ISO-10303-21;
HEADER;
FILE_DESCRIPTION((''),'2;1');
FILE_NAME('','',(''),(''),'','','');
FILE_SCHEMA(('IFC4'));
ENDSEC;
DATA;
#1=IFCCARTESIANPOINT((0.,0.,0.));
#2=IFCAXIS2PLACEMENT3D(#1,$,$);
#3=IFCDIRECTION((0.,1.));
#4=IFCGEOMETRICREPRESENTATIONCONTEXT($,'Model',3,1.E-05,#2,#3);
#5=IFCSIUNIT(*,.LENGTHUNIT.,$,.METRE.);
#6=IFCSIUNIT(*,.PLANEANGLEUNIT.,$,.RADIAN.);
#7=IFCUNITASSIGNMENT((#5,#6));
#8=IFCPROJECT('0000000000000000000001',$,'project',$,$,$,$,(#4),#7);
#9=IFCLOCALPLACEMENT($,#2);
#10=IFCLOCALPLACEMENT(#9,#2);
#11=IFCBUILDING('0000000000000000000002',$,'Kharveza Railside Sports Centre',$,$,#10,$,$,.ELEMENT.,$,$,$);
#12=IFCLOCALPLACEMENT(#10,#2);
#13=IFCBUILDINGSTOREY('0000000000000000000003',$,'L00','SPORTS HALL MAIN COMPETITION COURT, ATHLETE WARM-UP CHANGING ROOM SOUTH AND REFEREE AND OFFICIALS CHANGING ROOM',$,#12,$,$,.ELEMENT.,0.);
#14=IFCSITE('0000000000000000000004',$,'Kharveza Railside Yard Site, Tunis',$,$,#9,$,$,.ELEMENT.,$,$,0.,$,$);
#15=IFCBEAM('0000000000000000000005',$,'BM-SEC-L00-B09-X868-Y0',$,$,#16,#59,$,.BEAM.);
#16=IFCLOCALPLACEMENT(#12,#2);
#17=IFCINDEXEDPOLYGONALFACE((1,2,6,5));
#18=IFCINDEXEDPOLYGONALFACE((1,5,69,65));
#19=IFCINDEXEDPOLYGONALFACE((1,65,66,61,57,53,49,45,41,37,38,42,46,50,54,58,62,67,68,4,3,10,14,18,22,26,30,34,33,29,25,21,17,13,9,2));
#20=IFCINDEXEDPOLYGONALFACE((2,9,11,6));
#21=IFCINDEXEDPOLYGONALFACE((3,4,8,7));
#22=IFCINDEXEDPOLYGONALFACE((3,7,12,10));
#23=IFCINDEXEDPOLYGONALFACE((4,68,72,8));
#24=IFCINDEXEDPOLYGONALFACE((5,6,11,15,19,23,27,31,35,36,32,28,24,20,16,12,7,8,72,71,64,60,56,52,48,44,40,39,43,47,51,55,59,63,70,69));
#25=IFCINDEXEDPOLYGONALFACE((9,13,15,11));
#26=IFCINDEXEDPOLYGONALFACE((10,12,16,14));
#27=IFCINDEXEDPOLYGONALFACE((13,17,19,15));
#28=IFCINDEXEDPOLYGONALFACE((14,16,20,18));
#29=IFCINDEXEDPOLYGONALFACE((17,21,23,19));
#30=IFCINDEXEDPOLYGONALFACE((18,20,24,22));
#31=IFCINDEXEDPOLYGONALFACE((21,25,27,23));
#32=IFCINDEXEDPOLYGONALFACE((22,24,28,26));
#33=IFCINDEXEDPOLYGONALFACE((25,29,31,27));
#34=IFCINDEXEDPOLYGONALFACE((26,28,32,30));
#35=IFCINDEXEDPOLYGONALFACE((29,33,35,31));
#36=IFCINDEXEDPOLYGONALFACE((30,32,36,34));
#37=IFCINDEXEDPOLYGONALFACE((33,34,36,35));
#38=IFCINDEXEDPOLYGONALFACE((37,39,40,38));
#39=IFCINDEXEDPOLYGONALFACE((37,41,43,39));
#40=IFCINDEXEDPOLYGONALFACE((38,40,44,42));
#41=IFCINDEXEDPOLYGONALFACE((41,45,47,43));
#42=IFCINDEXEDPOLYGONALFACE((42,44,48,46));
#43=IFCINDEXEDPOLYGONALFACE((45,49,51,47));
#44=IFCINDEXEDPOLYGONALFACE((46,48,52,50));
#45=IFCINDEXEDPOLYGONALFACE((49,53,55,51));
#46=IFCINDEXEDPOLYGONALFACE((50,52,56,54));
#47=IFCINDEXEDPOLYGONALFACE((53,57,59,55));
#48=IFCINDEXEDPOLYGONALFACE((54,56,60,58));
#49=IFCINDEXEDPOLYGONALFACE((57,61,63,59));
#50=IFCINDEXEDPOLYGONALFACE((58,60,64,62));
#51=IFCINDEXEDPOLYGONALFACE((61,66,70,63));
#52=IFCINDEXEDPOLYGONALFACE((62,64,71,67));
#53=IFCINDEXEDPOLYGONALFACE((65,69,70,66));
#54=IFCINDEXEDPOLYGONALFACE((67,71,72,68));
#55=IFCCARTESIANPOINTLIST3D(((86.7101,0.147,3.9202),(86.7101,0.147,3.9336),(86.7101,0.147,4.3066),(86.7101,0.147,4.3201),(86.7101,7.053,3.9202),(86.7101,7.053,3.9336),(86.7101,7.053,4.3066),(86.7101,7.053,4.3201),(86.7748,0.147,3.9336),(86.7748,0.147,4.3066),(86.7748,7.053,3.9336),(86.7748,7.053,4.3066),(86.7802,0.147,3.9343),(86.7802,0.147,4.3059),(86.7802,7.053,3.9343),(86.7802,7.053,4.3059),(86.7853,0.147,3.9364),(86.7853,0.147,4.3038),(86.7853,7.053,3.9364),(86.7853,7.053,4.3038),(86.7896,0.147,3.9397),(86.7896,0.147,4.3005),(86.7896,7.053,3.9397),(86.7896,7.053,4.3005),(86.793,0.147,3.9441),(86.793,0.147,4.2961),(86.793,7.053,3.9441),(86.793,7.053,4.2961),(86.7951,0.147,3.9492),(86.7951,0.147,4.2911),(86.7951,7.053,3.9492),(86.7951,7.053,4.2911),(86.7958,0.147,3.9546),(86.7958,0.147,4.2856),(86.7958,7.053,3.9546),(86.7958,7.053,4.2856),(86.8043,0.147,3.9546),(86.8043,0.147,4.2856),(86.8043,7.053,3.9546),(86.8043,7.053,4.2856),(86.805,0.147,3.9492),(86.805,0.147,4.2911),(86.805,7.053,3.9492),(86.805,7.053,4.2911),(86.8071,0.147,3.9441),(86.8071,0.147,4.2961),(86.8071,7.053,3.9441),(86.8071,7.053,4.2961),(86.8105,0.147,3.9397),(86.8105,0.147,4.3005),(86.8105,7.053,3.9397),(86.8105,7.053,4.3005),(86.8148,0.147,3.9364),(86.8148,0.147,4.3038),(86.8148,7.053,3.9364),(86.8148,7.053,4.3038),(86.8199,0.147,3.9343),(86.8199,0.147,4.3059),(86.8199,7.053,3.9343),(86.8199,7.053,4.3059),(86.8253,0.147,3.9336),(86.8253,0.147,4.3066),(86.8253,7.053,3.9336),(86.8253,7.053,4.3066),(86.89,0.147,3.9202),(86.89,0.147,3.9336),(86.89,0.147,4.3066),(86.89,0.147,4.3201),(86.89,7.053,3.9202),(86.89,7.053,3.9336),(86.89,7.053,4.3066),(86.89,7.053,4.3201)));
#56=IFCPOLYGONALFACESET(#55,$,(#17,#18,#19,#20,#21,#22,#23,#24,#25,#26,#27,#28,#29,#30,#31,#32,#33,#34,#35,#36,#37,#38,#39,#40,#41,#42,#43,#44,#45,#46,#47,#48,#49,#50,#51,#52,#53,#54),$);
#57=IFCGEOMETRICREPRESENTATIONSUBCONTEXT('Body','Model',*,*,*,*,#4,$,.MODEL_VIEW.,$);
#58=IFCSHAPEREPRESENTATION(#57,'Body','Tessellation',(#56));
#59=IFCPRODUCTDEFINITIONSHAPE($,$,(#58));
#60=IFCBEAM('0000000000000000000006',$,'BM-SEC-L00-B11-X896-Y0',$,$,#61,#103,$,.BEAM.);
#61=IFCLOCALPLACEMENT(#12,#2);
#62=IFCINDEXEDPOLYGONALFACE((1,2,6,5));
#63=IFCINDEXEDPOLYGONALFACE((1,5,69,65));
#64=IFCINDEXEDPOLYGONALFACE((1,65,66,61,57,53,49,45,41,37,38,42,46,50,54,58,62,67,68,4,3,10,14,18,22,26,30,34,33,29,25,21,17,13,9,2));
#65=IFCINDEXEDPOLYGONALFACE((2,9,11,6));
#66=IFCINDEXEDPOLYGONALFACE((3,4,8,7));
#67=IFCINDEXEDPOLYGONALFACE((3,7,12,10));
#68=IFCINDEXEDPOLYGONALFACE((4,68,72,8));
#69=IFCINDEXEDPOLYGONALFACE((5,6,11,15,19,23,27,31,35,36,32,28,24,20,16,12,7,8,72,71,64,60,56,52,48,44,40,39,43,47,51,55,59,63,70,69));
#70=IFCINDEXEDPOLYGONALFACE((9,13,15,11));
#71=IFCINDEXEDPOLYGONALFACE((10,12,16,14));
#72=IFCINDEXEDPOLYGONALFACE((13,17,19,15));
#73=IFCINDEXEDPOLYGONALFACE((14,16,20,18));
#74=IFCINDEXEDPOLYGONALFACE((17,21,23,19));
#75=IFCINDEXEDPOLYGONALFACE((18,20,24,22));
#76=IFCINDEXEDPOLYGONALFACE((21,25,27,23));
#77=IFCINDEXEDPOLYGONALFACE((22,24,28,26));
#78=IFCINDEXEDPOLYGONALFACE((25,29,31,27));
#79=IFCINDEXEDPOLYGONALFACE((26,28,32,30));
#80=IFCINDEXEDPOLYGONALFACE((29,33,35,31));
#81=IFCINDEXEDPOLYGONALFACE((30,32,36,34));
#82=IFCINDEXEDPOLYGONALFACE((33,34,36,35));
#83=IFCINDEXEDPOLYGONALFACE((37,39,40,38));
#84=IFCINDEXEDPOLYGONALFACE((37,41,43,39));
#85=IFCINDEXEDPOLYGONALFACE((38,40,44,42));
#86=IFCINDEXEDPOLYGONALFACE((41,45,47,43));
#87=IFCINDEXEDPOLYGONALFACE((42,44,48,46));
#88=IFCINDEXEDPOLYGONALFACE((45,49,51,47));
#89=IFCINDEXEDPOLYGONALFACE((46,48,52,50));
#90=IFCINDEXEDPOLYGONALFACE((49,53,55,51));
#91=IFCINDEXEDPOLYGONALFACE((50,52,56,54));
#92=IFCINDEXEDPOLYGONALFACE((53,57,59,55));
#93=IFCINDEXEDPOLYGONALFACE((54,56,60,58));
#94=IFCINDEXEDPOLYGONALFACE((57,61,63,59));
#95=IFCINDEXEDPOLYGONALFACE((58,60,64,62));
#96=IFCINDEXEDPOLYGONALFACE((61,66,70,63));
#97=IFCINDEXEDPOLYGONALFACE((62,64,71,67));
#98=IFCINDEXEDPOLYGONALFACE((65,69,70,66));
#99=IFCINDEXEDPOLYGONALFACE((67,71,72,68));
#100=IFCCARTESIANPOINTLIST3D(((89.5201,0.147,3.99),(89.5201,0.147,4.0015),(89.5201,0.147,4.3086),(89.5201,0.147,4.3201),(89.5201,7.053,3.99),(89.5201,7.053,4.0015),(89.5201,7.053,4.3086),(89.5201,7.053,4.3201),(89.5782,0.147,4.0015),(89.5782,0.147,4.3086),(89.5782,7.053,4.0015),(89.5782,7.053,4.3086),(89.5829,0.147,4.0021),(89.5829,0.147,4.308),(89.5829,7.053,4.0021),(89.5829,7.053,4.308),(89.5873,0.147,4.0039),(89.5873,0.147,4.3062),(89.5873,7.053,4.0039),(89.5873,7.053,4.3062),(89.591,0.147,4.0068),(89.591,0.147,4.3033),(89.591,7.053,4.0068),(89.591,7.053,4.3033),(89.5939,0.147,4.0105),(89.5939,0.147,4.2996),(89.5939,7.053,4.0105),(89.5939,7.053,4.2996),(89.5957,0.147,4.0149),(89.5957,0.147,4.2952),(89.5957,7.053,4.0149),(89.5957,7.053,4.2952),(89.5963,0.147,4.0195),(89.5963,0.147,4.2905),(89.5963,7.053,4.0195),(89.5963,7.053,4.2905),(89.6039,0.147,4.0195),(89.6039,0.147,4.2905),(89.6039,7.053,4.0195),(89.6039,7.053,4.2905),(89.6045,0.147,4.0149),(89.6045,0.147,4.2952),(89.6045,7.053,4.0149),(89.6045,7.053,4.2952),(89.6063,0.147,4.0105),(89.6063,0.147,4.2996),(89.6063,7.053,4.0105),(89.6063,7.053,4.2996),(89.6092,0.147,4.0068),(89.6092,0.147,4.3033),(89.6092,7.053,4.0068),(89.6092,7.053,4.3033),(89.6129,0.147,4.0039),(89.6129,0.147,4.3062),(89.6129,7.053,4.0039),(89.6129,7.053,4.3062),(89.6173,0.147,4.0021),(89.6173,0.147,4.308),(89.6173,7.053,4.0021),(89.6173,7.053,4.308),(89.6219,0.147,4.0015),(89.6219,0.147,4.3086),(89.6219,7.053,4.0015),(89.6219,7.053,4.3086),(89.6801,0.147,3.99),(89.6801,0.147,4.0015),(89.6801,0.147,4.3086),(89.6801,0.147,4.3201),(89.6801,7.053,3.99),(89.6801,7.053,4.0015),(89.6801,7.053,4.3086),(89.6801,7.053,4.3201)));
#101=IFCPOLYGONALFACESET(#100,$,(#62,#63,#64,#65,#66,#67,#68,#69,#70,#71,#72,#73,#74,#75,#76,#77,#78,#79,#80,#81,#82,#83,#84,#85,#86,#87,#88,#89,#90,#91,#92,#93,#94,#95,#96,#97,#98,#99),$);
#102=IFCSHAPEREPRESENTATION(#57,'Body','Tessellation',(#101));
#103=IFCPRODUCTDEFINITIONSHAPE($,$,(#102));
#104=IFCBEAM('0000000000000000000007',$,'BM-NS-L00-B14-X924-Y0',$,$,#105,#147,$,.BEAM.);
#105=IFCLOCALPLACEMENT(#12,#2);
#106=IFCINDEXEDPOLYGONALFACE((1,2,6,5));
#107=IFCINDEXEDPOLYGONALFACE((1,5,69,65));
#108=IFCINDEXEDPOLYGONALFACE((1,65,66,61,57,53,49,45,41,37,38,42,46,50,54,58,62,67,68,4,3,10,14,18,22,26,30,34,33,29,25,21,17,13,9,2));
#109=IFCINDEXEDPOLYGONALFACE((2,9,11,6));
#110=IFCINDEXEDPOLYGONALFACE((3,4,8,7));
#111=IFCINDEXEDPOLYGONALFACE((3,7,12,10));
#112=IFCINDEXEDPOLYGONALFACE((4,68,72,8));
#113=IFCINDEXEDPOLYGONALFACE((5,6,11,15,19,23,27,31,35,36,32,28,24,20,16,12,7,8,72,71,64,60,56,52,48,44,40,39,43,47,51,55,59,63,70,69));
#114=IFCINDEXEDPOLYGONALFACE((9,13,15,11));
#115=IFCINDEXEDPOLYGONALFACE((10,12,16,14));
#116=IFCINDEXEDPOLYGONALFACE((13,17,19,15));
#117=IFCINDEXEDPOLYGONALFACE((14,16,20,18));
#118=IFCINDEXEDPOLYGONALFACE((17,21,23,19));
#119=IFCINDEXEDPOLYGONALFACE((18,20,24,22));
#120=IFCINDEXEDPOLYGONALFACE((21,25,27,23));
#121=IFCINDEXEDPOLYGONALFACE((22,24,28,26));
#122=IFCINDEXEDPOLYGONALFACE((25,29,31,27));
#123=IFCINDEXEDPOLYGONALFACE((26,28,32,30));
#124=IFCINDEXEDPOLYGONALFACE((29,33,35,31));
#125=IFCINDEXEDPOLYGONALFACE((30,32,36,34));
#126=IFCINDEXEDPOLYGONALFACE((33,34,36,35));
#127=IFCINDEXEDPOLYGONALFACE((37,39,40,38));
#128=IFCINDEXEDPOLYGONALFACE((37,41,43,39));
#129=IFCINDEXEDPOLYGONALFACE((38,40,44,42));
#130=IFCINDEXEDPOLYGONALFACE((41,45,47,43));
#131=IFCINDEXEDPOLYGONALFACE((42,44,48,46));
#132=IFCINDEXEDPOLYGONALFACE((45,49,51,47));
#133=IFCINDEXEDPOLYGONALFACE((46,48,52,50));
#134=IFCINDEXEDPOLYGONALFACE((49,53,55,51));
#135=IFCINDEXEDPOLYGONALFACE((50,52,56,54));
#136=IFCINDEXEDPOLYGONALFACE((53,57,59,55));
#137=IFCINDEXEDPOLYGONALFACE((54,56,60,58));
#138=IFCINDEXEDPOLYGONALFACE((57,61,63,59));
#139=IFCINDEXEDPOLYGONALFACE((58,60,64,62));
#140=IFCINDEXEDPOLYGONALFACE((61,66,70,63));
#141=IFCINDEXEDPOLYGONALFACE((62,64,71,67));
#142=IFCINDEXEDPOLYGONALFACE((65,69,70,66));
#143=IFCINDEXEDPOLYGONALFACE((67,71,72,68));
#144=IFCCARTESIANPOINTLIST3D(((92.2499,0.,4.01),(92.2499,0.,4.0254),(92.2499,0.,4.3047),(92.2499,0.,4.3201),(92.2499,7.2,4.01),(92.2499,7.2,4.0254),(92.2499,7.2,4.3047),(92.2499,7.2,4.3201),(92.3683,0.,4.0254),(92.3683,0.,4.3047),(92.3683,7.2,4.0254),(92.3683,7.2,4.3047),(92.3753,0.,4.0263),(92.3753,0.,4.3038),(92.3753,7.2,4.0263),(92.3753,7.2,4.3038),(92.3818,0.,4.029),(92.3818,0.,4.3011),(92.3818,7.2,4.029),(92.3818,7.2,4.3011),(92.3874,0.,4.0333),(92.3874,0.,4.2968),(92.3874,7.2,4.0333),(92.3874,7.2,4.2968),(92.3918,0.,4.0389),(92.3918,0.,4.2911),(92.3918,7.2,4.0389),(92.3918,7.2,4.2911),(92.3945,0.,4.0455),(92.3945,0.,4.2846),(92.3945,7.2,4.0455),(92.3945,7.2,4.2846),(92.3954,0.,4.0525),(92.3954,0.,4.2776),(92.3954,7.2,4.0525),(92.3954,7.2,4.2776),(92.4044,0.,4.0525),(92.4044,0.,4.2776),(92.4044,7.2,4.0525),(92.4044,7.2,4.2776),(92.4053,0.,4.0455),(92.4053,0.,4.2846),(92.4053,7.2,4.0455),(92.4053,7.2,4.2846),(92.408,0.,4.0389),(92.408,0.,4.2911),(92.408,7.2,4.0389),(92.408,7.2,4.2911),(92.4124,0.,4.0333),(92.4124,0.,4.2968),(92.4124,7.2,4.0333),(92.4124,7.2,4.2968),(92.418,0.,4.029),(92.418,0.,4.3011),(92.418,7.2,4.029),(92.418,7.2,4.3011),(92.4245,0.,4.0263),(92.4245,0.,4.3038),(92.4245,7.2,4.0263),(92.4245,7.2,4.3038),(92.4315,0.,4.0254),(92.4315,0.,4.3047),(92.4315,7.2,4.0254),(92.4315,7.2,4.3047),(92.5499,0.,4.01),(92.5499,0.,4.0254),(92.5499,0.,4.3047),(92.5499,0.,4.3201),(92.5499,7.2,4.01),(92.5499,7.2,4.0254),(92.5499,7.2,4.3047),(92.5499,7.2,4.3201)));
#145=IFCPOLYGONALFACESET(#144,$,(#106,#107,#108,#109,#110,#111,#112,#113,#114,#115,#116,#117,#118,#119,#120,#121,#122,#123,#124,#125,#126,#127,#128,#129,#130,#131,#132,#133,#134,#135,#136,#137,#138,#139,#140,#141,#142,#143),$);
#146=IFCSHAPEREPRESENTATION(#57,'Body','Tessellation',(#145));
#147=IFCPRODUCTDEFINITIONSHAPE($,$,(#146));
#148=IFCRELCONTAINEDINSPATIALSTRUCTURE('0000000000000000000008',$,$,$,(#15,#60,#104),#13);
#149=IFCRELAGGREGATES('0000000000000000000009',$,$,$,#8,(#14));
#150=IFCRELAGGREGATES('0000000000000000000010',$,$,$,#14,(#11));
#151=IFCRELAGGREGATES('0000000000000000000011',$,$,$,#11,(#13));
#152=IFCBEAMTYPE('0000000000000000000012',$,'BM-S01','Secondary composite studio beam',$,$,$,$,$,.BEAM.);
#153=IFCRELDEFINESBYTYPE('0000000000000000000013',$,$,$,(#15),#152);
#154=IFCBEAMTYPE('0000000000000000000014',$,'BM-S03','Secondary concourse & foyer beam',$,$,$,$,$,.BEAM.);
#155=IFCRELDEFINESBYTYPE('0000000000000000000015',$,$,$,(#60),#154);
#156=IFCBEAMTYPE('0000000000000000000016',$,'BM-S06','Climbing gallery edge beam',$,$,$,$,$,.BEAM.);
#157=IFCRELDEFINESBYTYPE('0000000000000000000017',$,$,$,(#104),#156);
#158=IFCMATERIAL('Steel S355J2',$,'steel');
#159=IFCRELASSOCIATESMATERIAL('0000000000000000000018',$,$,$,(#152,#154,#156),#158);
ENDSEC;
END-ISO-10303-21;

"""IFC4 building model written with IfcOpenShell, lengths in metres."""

from ifc_helpers import new_model, si_unit, direction, frame, origin, origin_2d, place, context, subcontext, project, spatial, i_section, extrude, material, material_profile, profile_set, type_object, element, save


model = new_model("IFC4")

# Units and contexts
model_context = context("Model", 3, precision=1e-05, world=origin(), true_north=direction((0.0, 1.0)))
body_context = subcontext(model_context, "Body", "Model", "MODEL_VIEW")
ifc_project = project(units=[si_unit("LENGTHUNIT", "METRE"), si_unit("PLANEANGLEUNIT", "RADIAN")], contexts=[model_context])

# Site, building, storey
site_placement = place(None, origin())
site = spatial("IfcSite", under=ifc_project, at=site_placement, Name="Kharveza Railside Yard Site, Tunis", CompositionType="ELEMENT", RefElevation=0.0)
building_placement = place(site_placement, origin())
building = spatial("IfcBuilding", under=site, at=building_placement, Name="Kharveza Railside Sports Centre", CompositionType="ELEMENT")
storey_placement = place(building_placement, origin())
storey = spatial("IfcBuildingStorey", under=building, at=storey_placement, Name="L00", Description="SPORTS HALL MAIN COMPETITION COURT, ATHLETE WARM-UP CHANGING ROOM SOUTH AND REFEREE AND OFFICIALS CHANGING ROOM", CompositionType="ELEMENT", Elevation=0.0)

# Shared definitions
ifc_material_1 = material(Name="Steel S355J2", Category="steel")

# Beams
ifc_material_profile_1 = material_profile(ifc_material_1, i_section(OverallWidth=0.1799, OverallDepth=0.3999, WebThickness=0.0085, FlangeThickness=0.0134, FilletRadius=0.021, at=origin_2d()), Name="IPE 400")
ifc_profile_set_1 = profile_set([ifc_material_profile_1], Name="Steel S355J2")
beam_type_1 = type_object("IfcBeamType", Name="BM-S01", Description="Secondary composite studio beam", PredefinedType="BEAM", material=ifc_profile_set_1)
beam_1_placement = place(storey_placement, frame((86.8, 0.147, 4.1201), z_axis=(0.0, 1.0, 0.0), x_axis=(-1.0, 0.0, 0.0)))
element("IfcBeam", 1, at=beam_1_placement, inside=storey, type_object=beam_type_1, Name="BM-SEC-L00-B09-X868-Y0", PredefinedType="BEAM", context=body_context, shape_type="SweptSolid", body=[
    extrude(i_section(OverallWidth=0.1799, OverallDepth=0.3999, WebThickness=0.0085, FlangeThickness=0.0134, FilletRadius=0.021, at=origin_2d()), origin(), (0.0, 0.0, 1.0), 6.906),
])
ifc_material_profile_2 = material_profile(ifc_material_1, i_section(OverallWidth=0.1599, OverallDepth=0.3301, WebThickness=0.0076, FlangeThickness=0.0115, FilletRadius=0.0181, at=origin_2d()), Name="IPE 330")
ifc_profile_set_2 = profile_set([ifc_material_profile_2], Name="Steel S355J2")
beam_type_2 = type_object("IfcBeamType", Name="BM-S03", Description="Secondary concourse & foyer beam", PredefinedType="BEAM", material=ifc_profile_set_2)
beam_2_placement = place(storey_placement, frame((89.6001, 0.147, 4.155), z_axis=(0.0, 1.0, 0.0), x_axis=(-1.0, 0.0, 0.0)))
element("IfcBeam", 2, at=beam_2_placement, inside=storey, type_object=beam_type_2, Name="BM-SEC-L00-B11-X896-Y0", PredefinedType="BEAM", context=body_context, shape_type="SweptSolid", body=[
    extrude(i_section(OverallWidth=0.1599, OverallDepth=0.3301, WebThickness=0.0076, FlangeThickness=0.0115, FilletRadius=0.0181, at=origin_2d()), origin(), (0.0, 0.0, 1.0), 6.906),
])
ifc_material_profile_3 = material_profile(ifc_material_1, i_section(OverallWidth=0.3, OverallDepth=0.3101, WebThickness=0.009, FlangeThickness=0.0154, FilletRadius=0.0271, at=origin_2d()), Name="HEA 320")
ifc_profile_set_3 = profile_set([ifc_material_profile_3], Name="Steel S355J2")
beam_type_3 = type_object("IfcBeamType", Name="BM-S06", Description="Climbing gallery edge beam", PredefinedType="BEAM", material=ifc_profile_set_3)
beam_3_placement = place(storey_placement, frame((92.3999, 0.0, 4.165), z_axis=(0.0, 1.0, 0.0), x_axis=(-1.0, 0.0, 0.0)))
element("IfcBeam", 3, at=beam_3_placement, inside=storey, type_object=beam_type_3, Name="BM-NS-L00-B14-X924-Y0", PredefinedType="BEAM", context=body_context, shape_type="SweptSolid", body=[
    extrude(i_section(OverallWidth=0.3, OverallDepth=0.3101, WebThickness=0.009, FlangeThickness=0.0154, FilletRadius=0.0271, at=origin_2d()), origin(), (0.0, 0.0, 1.0), 7.2),
])

save(model, "model.ifc")
